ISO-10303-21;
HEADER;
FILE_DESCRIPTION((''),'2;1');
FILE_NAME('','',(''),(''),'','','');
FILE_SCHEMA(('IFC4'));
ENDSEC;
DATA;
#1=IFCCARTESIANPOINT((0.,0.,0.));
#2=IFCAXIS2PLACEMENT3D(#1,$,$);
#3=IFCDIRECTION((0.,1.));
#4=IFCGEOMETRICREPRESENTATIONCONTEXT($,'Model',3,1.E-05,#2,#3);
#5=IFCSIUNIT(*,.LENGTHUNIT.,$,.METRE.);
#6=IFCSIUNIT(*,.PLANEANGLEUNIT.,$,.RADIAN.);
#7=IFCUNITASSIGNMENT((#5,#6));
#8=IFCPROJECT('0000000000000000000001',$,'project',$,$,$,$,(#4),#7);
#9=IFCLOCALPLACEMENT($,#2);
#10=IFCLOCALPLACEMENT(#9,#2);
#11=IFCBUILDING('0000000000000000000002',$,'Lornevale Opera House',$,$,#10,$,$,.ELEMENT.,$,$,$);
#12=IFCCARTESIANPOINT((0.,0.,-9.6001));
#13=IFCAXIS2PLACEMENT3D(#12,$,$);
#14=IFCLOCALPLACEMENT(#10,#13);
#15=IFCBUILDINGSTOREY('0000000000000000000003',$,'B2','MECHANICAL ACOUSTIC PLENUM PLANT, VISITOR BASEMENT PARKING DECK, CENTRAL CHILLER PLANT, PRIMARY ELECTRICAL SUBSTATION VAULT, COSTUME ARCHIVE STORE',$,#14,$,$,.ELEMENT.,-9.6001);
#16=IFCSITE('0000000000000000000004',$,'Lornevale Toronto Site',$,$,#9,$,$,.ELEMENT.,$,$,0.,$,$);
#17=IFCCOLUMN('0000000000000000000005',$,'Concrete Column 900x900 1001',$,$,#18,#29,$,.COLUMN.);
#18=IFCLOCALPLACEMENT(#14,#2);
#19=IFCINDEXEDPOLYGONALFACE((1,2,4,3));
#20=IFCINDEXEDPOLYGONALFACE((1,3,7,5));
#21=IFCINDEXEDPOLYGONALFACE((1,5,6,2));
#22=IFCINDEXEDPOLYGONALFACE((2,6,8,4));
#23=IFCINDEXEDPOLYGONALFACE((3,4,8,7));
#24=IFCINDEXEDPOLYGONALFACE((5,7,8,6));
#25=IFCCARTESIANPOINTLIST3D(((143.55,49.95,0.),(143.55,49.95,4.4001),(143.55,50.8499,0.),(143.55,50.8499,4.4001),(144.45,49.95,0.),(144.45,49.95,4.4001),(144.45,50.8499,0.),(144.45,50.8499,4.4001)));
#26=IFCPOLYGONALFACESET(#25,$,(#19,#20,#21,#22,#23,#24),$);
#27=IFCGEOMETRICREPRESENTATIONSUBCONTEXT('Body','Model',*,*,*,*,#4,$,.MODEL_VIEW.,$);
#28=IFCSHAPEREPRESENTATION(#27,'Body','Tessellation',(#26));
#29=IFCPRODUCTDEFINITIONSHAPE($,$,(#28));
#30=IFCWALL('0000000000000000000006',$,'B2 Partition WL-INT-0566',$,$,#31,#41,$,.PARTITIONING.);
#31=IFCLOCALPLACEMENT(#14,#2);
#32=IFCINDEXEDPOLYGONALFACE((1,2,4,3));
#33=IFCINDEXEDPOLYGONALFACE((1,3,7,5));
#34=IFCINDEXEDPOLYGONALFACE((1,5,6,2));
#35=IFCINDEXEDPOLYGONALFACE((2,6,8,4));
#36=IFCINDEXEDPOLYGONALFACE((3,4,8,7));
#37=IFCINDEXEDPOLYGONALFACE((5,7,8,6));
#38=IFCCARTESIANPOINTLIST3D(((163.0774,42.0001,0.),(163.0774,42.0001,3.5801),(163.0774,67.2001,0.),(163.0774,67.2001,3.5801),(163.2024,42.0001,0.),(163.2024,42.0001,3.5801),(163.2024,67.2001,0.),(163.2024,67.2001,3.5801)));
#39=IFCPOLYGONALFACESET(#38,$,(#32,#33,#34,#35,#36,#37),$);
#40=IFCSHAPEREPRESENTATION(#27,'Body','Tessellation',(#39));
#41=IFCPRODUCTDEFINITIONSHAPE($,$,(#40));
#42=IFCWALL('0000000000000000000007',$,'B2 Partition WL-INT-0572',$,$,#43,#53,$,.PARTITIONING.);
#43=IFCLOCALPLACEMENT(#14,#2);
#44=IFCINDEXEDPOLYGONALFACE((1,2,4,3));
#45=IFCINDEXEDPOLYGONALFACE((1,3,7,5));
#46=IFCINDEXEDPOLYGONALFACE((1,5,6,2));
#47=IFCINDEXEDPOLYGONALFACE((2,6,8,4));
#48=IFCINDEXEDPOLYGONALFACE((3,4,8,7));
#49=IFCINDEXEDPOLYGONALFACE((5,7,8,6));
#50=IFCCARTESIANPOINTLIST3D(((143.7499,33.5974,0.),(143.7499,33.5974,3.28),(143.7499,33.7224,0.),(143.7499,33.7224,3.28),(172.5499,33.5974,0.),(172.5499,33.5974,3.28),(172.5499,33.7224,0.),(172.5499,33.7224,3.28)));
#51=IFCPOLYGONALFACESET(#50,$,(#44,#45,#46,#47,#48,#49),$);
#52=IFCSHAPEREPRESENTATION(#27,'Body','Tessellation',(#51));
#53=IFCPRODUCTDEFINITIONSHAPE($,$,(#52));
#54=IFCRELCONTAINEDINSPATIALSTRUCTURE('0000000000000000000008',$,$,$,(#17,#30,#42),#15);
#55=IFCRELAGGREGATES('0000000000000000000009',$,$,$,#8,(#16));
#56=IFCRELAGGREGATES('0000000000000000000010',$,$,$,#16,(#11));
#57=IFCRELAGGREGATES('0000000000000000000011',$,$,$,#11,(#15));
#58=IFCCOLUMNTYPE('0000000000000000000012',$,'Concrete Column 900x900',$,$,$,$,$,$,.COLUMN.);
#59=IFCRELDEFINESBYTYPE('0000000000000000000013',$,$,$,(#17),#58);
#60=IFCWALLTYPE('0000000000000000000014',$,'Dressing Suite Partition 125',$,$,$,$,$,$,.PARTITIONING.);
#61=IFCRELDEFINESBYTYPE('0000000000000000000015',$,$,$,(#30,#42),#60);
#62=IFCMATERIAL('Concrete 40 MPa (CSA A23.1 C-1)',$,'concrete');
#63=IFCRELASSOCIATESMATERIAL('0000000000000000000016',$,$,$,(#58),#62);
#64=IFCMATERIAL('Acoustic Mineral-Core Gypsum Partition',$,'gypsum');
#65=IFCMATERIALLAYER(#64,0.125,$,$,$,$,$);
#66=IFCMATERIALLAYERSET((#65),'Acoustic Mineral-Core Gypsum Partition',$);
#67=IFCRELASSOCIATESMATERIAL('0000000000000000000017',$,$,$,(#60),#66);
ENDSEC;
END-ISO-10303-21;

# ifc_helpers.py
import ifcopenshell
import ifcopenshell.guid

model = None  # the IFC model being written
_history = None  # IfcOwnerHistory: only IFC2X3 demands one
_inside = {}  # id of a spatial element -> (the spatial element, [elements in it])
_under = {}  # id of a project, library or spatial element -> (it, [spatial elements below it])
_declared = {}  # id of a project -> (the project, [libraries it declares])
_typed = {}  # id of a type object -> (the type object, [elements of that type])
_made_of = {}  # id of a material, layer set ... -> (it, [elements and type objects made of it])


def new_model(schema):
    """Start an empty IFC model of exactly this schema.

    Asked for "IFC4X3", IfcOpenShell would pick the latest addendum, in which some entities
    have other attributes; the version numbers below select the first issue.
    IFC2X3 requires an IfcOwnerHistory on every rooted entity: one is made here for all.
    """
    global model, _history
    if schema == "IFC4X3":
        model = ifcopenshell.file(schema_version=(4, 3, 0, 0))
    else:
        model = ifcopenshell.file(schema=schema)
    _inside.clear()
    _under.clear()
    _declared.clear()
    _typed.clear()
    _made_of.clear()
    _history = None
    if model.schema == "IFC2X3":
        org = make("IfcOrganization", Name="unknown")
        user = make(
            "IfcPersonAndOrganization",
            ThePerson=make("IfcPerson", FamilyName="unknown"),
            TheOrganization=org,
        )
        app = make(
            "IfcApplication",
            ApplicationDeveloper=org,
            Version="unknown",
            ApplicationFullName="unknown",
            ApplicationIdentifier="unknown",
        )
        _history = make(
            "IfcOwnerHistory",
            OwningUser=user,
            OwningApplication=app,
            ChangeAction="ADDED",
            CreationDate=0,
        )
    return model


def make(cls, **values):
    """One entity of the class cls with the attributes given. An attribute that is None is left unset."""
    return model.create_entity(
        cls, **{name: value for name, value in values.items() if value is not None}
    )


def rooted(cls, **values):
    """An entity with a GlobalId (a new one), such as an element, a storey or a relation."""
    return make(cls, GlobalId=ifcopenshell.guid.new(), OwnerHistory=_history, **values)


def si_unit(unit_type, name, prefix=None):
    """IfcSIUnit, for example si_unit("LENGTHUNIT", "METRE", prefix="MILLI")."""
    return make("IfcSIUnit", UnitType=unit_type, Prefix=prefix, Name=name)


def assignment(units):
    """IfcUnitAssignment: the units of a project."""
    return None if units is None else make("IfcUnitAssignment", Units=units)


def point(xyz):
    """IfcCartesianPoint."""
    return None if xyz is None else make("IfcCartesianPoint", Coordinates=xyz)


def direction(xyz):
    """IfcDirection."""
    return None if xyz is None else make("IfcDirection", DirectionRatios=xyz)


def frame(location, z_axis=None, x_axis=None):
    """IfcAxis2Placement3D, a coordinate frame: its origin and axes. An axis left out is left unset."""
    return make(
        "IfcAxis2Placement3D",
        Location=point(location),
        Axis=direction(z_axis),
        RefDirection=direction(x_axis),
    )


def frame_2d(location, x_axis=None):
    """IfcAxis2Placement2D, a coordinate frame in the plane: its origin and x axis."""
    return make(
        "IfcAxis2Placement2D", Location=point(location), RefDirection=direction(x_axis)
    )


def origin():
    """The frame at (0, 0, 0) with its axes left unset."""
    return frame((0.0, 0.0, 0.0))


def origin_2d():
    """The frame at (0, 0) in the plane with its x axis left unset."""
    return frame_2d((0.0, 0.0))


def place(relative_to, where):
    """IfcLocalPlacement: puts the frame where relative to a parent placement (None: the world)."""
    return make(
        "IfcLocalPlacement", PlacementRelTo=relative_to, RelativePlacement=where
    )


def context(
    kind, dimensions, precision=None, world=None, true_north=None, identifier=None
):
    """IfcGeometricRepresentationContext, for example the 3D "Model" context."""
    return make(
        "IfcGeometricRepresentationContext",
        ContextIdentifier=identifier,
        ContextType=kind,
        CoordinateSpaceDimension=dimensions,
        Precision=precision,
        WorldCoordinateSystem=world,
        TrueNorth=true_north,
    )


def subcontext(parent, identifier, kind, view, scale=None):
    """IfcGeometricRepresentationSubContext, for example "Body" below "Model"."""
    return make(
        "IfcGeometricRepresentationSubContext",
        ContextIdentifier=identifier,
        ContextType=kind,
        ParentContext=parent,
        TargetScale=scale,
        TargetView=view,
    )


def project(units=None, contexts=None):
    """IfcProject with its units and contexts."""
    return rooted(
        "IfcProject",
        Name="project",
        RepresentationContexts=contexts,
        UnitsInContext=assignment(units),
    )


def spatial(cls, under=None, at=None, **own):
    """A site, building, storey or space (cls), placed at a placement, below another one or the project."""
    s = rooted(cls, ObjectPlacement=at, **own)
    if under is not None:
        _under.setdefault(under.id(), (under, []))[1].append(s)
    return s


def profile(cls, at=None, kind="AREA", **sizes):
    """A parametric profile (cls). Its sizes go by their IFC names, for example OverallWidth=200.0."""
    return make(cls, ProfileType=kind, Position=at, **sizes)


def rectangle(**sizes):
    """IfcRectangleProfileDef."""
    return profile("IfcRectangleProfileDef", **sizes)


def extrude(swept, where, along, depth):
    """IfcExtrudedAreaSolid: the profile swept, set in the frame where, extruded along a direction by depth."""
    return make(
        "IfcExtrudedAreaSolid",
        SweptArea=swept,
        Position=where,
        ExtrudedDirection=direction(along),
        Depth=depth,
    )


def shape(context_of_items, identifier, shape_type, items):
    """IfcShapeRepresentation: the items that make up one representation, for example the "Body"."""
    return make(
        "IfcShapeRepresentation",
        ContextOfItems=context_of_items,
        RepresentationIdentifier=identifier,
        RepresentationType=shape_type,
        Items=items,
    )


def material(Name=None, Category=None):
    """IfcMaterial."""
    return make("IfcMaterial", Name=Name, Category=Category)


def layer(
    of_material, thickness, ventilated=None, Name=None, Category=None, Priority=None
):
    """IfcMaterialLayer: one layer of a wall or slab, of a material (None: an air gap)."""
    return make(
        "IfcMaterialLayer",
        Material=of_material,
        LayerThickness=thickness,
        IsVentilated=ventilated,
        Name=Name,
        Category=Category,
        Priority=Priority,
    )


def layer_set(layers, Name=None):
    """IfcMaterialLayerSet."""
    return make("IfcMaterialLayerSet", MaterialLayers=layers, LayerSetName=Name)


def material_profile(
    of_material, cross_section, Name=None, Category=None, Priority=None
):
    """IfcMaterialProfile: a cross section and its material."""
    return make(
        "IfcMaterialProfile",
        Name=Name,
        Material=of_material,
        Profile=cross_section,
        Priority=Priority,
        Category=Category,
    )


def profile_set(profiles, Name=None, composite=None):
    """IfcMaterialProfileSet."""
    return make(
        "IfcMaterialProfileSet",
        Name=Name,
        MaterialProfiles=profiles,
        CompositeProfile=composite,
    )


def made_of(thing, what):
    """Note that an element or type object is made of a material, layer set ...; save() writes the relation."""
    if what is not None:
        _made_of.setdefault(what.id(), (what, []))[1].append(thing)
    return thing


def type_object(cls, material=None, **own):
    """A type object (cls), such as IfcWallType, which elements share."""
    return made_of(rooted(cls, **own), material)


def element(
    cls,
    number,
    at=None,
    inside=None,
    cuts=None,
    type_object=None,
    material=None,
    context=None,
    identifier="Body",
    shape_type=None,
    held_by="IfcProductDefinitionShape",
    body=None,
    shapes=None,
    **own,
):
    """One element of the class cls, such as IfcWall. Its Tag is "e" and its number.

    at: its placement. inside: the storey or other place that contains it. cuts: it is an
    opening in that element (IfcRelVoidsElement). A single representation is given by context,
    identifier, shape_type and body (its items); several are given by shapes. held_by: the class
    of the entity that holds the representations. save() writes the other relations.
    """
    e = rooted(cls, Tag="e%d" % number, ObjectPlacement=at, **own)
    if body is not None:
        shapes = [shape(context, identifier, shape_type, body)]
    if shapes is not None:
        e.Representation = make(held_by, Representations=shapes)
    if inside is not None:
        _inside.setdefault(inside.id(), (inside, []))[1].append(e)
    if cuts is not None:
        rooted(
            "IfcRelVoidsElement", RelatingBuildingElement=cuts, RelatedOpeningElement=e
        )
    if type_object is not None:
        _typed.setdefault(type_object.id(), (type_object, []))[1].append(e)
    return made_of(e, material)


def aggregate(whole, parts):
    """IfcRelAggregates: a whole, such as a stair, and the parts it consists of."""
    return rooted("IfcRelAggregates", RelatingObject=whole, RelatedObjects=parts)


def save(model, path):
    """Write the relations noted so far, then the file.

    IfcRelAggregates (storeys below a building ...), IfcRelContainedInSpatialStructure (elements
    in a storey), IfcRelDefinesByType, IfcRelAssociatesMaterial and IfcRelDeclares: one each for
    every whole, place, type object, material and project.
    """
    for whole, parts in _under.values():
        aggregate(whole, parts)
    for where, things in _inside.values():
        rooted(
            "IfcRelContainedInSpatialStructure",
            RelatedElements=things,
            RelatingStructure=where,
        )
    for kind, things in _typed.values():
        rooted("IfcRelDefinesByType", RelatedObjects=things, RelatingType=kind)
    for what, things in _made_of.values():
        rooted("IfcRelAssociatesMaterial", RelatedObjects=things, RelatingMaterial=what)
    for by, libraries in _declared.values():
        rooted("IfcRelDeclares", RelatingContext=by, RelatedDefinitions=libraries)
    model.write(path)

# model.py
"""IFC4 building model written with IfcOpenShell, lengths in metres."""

from ifc_helpers import new_model, si_unit, direction, frame, frame_2d, origin, origin_2d, place, context, subcontext, project, spatial, rectangle, extrude, material, layer, layer_set, material_profile, profile_set, type_object, element, save


model = new_model("IFC4")

# Units and contexts
model_context = context("Model", 3, precision=1e-05, world=origin(), true_north=direction((0.0, 1.0)))
body_context = subcontext(model_context, "Body", "Model", "MODEL_VIEW")
ifc_project = project(units=[si_unit("LENGTHUNIT", "METRE"), si_unit("PLANEANGLEUNIT", "RADIAN")], contexts=[model_context])

# Site, building, storey
site_placement = place(None, origin())
site = spatial("IfcSite", under=ifc_project, at=site_placement, Name="Lornevale Toronto Site", CompositionType="ELEMENT", RefElevation=0.0)
building_placement = place(site_placement, origin())
building = spatial("IfcBuilding", under=site, at=building_placement, Name="Lornevale Opera House", CompositionType="ELEMENT")
storey_placement = place(building_placement, frame((0.0, 0.0, -9.6001)))
storey = spatial("IfcBuildingStorey", under=building, at=storey_placement, Name="B2", Description="MECHANICAL ACOUSTIC PLENUM PLANT, VISITOR BASEMENT PARKING DECK, CENTRAL CHILLER PLANT, PRIMARY ELECTRICAL SUBSTATION VAULT, COSTUME ARCHIVE STORE", CompositionType="ELEMENT", Elevation=-9.6001)

# Shared definitions
ifc_material_1 = material(Name="Concrete 40 MPa (CSA A23.1 C-1)", Category="concrete")

# Column
ifc_material_profile_1 = material_profile(ifc_material_1, rectangle(XDim=0.8999, YDim=0.8999, at=origin_2d()), Name="RC900x900")
ifc_profile_set_1 = profile_set([ifc_material_profile_1], Name="Concrete 40 MPa (CSA A23.1 C-1)")
column_type_1 = type_object("IfcColumnType", Name="Concrete Column 900x900", PredefinedType="COLUMN", material=ifc_profile_set_1)
column_1_placement = place(storey_placement, frame((144.0, 50.3999, 0.0), z_axis=(0.0, 0.0, 1.0), x_axis=(1.0, 0.0, 0.0)))
element("IfcColumn", 1, at=column_1_placement, inside=storey, type_object=column_type_1, Name="Concrete Column 900x900 1001", PredefinedType="COLUMN", context=body_context, shape_type="SweptSolid", body=[
    extrude(rectangle(XDim=0.8999, YDim=0.8999, at=origin_2d()), origin(), (0.0, 0.0, 1.0), 4.4001),
])

# Walls
ifc_material_2 = material(Name="Acoustic Mineral-Core Gypsum Partition", Category="gypsum")
ifc_layer_1 = layer(ifc_material_2, 0.125)
ifc_layer_set_1 = layer_set([ifc_layer_1], Name="Acoustic Mineral-Core Gypsum Partition")
wall_type = type_object("IfcWallType", Name="Dressing Suite Partition 125", PredefinedType="PARTITIONING", material=ifc_layer_set_1)
wall_1_placement = place(storey_placement, frame((163.1399, 42.0, 0.0), z_axis=(0.0, 0.0, 1.0), x_axis=(0.0, 1.0, 0.0)))
element("IfcWall", 2, at=wall_1_placement, inside=storey, type_object=wall_type, Name="B2 Partition WL-INT-0566", PredefinedType="PARTITIONING", context=body_context, shape_type="SweptSolid", body=[
    extrude(rectangle(XDim=25.2, YDim=0.125, at=frame_2d((12.6001, 0.0))), origin(), (0.0, 0.0, 1.0), 3.5801),
])
wall_2_placement = place(storey_placement, frame((143.75, 33.6599, 0.0), z_axis=(0.0, 0.0, 1.0), x_axis=(1.0, 0.0, 0.0)))
element("IfcWall", 3, at=wall_2_placement, inside=storey, type_object=wall_type, Name="B2 Partition WL-INT-0572", PredefinedType="PARTITIONING", context=body_context, shape_type="SweptSolid", body=[
    extrude(rectangle(XDim=28.8, YDim=0.125, at=frame_2d((14.3999, 0.0))), origin(), (0.0, 0.0, 1.0), 3.28),
])

save(model, "model.ifc")
